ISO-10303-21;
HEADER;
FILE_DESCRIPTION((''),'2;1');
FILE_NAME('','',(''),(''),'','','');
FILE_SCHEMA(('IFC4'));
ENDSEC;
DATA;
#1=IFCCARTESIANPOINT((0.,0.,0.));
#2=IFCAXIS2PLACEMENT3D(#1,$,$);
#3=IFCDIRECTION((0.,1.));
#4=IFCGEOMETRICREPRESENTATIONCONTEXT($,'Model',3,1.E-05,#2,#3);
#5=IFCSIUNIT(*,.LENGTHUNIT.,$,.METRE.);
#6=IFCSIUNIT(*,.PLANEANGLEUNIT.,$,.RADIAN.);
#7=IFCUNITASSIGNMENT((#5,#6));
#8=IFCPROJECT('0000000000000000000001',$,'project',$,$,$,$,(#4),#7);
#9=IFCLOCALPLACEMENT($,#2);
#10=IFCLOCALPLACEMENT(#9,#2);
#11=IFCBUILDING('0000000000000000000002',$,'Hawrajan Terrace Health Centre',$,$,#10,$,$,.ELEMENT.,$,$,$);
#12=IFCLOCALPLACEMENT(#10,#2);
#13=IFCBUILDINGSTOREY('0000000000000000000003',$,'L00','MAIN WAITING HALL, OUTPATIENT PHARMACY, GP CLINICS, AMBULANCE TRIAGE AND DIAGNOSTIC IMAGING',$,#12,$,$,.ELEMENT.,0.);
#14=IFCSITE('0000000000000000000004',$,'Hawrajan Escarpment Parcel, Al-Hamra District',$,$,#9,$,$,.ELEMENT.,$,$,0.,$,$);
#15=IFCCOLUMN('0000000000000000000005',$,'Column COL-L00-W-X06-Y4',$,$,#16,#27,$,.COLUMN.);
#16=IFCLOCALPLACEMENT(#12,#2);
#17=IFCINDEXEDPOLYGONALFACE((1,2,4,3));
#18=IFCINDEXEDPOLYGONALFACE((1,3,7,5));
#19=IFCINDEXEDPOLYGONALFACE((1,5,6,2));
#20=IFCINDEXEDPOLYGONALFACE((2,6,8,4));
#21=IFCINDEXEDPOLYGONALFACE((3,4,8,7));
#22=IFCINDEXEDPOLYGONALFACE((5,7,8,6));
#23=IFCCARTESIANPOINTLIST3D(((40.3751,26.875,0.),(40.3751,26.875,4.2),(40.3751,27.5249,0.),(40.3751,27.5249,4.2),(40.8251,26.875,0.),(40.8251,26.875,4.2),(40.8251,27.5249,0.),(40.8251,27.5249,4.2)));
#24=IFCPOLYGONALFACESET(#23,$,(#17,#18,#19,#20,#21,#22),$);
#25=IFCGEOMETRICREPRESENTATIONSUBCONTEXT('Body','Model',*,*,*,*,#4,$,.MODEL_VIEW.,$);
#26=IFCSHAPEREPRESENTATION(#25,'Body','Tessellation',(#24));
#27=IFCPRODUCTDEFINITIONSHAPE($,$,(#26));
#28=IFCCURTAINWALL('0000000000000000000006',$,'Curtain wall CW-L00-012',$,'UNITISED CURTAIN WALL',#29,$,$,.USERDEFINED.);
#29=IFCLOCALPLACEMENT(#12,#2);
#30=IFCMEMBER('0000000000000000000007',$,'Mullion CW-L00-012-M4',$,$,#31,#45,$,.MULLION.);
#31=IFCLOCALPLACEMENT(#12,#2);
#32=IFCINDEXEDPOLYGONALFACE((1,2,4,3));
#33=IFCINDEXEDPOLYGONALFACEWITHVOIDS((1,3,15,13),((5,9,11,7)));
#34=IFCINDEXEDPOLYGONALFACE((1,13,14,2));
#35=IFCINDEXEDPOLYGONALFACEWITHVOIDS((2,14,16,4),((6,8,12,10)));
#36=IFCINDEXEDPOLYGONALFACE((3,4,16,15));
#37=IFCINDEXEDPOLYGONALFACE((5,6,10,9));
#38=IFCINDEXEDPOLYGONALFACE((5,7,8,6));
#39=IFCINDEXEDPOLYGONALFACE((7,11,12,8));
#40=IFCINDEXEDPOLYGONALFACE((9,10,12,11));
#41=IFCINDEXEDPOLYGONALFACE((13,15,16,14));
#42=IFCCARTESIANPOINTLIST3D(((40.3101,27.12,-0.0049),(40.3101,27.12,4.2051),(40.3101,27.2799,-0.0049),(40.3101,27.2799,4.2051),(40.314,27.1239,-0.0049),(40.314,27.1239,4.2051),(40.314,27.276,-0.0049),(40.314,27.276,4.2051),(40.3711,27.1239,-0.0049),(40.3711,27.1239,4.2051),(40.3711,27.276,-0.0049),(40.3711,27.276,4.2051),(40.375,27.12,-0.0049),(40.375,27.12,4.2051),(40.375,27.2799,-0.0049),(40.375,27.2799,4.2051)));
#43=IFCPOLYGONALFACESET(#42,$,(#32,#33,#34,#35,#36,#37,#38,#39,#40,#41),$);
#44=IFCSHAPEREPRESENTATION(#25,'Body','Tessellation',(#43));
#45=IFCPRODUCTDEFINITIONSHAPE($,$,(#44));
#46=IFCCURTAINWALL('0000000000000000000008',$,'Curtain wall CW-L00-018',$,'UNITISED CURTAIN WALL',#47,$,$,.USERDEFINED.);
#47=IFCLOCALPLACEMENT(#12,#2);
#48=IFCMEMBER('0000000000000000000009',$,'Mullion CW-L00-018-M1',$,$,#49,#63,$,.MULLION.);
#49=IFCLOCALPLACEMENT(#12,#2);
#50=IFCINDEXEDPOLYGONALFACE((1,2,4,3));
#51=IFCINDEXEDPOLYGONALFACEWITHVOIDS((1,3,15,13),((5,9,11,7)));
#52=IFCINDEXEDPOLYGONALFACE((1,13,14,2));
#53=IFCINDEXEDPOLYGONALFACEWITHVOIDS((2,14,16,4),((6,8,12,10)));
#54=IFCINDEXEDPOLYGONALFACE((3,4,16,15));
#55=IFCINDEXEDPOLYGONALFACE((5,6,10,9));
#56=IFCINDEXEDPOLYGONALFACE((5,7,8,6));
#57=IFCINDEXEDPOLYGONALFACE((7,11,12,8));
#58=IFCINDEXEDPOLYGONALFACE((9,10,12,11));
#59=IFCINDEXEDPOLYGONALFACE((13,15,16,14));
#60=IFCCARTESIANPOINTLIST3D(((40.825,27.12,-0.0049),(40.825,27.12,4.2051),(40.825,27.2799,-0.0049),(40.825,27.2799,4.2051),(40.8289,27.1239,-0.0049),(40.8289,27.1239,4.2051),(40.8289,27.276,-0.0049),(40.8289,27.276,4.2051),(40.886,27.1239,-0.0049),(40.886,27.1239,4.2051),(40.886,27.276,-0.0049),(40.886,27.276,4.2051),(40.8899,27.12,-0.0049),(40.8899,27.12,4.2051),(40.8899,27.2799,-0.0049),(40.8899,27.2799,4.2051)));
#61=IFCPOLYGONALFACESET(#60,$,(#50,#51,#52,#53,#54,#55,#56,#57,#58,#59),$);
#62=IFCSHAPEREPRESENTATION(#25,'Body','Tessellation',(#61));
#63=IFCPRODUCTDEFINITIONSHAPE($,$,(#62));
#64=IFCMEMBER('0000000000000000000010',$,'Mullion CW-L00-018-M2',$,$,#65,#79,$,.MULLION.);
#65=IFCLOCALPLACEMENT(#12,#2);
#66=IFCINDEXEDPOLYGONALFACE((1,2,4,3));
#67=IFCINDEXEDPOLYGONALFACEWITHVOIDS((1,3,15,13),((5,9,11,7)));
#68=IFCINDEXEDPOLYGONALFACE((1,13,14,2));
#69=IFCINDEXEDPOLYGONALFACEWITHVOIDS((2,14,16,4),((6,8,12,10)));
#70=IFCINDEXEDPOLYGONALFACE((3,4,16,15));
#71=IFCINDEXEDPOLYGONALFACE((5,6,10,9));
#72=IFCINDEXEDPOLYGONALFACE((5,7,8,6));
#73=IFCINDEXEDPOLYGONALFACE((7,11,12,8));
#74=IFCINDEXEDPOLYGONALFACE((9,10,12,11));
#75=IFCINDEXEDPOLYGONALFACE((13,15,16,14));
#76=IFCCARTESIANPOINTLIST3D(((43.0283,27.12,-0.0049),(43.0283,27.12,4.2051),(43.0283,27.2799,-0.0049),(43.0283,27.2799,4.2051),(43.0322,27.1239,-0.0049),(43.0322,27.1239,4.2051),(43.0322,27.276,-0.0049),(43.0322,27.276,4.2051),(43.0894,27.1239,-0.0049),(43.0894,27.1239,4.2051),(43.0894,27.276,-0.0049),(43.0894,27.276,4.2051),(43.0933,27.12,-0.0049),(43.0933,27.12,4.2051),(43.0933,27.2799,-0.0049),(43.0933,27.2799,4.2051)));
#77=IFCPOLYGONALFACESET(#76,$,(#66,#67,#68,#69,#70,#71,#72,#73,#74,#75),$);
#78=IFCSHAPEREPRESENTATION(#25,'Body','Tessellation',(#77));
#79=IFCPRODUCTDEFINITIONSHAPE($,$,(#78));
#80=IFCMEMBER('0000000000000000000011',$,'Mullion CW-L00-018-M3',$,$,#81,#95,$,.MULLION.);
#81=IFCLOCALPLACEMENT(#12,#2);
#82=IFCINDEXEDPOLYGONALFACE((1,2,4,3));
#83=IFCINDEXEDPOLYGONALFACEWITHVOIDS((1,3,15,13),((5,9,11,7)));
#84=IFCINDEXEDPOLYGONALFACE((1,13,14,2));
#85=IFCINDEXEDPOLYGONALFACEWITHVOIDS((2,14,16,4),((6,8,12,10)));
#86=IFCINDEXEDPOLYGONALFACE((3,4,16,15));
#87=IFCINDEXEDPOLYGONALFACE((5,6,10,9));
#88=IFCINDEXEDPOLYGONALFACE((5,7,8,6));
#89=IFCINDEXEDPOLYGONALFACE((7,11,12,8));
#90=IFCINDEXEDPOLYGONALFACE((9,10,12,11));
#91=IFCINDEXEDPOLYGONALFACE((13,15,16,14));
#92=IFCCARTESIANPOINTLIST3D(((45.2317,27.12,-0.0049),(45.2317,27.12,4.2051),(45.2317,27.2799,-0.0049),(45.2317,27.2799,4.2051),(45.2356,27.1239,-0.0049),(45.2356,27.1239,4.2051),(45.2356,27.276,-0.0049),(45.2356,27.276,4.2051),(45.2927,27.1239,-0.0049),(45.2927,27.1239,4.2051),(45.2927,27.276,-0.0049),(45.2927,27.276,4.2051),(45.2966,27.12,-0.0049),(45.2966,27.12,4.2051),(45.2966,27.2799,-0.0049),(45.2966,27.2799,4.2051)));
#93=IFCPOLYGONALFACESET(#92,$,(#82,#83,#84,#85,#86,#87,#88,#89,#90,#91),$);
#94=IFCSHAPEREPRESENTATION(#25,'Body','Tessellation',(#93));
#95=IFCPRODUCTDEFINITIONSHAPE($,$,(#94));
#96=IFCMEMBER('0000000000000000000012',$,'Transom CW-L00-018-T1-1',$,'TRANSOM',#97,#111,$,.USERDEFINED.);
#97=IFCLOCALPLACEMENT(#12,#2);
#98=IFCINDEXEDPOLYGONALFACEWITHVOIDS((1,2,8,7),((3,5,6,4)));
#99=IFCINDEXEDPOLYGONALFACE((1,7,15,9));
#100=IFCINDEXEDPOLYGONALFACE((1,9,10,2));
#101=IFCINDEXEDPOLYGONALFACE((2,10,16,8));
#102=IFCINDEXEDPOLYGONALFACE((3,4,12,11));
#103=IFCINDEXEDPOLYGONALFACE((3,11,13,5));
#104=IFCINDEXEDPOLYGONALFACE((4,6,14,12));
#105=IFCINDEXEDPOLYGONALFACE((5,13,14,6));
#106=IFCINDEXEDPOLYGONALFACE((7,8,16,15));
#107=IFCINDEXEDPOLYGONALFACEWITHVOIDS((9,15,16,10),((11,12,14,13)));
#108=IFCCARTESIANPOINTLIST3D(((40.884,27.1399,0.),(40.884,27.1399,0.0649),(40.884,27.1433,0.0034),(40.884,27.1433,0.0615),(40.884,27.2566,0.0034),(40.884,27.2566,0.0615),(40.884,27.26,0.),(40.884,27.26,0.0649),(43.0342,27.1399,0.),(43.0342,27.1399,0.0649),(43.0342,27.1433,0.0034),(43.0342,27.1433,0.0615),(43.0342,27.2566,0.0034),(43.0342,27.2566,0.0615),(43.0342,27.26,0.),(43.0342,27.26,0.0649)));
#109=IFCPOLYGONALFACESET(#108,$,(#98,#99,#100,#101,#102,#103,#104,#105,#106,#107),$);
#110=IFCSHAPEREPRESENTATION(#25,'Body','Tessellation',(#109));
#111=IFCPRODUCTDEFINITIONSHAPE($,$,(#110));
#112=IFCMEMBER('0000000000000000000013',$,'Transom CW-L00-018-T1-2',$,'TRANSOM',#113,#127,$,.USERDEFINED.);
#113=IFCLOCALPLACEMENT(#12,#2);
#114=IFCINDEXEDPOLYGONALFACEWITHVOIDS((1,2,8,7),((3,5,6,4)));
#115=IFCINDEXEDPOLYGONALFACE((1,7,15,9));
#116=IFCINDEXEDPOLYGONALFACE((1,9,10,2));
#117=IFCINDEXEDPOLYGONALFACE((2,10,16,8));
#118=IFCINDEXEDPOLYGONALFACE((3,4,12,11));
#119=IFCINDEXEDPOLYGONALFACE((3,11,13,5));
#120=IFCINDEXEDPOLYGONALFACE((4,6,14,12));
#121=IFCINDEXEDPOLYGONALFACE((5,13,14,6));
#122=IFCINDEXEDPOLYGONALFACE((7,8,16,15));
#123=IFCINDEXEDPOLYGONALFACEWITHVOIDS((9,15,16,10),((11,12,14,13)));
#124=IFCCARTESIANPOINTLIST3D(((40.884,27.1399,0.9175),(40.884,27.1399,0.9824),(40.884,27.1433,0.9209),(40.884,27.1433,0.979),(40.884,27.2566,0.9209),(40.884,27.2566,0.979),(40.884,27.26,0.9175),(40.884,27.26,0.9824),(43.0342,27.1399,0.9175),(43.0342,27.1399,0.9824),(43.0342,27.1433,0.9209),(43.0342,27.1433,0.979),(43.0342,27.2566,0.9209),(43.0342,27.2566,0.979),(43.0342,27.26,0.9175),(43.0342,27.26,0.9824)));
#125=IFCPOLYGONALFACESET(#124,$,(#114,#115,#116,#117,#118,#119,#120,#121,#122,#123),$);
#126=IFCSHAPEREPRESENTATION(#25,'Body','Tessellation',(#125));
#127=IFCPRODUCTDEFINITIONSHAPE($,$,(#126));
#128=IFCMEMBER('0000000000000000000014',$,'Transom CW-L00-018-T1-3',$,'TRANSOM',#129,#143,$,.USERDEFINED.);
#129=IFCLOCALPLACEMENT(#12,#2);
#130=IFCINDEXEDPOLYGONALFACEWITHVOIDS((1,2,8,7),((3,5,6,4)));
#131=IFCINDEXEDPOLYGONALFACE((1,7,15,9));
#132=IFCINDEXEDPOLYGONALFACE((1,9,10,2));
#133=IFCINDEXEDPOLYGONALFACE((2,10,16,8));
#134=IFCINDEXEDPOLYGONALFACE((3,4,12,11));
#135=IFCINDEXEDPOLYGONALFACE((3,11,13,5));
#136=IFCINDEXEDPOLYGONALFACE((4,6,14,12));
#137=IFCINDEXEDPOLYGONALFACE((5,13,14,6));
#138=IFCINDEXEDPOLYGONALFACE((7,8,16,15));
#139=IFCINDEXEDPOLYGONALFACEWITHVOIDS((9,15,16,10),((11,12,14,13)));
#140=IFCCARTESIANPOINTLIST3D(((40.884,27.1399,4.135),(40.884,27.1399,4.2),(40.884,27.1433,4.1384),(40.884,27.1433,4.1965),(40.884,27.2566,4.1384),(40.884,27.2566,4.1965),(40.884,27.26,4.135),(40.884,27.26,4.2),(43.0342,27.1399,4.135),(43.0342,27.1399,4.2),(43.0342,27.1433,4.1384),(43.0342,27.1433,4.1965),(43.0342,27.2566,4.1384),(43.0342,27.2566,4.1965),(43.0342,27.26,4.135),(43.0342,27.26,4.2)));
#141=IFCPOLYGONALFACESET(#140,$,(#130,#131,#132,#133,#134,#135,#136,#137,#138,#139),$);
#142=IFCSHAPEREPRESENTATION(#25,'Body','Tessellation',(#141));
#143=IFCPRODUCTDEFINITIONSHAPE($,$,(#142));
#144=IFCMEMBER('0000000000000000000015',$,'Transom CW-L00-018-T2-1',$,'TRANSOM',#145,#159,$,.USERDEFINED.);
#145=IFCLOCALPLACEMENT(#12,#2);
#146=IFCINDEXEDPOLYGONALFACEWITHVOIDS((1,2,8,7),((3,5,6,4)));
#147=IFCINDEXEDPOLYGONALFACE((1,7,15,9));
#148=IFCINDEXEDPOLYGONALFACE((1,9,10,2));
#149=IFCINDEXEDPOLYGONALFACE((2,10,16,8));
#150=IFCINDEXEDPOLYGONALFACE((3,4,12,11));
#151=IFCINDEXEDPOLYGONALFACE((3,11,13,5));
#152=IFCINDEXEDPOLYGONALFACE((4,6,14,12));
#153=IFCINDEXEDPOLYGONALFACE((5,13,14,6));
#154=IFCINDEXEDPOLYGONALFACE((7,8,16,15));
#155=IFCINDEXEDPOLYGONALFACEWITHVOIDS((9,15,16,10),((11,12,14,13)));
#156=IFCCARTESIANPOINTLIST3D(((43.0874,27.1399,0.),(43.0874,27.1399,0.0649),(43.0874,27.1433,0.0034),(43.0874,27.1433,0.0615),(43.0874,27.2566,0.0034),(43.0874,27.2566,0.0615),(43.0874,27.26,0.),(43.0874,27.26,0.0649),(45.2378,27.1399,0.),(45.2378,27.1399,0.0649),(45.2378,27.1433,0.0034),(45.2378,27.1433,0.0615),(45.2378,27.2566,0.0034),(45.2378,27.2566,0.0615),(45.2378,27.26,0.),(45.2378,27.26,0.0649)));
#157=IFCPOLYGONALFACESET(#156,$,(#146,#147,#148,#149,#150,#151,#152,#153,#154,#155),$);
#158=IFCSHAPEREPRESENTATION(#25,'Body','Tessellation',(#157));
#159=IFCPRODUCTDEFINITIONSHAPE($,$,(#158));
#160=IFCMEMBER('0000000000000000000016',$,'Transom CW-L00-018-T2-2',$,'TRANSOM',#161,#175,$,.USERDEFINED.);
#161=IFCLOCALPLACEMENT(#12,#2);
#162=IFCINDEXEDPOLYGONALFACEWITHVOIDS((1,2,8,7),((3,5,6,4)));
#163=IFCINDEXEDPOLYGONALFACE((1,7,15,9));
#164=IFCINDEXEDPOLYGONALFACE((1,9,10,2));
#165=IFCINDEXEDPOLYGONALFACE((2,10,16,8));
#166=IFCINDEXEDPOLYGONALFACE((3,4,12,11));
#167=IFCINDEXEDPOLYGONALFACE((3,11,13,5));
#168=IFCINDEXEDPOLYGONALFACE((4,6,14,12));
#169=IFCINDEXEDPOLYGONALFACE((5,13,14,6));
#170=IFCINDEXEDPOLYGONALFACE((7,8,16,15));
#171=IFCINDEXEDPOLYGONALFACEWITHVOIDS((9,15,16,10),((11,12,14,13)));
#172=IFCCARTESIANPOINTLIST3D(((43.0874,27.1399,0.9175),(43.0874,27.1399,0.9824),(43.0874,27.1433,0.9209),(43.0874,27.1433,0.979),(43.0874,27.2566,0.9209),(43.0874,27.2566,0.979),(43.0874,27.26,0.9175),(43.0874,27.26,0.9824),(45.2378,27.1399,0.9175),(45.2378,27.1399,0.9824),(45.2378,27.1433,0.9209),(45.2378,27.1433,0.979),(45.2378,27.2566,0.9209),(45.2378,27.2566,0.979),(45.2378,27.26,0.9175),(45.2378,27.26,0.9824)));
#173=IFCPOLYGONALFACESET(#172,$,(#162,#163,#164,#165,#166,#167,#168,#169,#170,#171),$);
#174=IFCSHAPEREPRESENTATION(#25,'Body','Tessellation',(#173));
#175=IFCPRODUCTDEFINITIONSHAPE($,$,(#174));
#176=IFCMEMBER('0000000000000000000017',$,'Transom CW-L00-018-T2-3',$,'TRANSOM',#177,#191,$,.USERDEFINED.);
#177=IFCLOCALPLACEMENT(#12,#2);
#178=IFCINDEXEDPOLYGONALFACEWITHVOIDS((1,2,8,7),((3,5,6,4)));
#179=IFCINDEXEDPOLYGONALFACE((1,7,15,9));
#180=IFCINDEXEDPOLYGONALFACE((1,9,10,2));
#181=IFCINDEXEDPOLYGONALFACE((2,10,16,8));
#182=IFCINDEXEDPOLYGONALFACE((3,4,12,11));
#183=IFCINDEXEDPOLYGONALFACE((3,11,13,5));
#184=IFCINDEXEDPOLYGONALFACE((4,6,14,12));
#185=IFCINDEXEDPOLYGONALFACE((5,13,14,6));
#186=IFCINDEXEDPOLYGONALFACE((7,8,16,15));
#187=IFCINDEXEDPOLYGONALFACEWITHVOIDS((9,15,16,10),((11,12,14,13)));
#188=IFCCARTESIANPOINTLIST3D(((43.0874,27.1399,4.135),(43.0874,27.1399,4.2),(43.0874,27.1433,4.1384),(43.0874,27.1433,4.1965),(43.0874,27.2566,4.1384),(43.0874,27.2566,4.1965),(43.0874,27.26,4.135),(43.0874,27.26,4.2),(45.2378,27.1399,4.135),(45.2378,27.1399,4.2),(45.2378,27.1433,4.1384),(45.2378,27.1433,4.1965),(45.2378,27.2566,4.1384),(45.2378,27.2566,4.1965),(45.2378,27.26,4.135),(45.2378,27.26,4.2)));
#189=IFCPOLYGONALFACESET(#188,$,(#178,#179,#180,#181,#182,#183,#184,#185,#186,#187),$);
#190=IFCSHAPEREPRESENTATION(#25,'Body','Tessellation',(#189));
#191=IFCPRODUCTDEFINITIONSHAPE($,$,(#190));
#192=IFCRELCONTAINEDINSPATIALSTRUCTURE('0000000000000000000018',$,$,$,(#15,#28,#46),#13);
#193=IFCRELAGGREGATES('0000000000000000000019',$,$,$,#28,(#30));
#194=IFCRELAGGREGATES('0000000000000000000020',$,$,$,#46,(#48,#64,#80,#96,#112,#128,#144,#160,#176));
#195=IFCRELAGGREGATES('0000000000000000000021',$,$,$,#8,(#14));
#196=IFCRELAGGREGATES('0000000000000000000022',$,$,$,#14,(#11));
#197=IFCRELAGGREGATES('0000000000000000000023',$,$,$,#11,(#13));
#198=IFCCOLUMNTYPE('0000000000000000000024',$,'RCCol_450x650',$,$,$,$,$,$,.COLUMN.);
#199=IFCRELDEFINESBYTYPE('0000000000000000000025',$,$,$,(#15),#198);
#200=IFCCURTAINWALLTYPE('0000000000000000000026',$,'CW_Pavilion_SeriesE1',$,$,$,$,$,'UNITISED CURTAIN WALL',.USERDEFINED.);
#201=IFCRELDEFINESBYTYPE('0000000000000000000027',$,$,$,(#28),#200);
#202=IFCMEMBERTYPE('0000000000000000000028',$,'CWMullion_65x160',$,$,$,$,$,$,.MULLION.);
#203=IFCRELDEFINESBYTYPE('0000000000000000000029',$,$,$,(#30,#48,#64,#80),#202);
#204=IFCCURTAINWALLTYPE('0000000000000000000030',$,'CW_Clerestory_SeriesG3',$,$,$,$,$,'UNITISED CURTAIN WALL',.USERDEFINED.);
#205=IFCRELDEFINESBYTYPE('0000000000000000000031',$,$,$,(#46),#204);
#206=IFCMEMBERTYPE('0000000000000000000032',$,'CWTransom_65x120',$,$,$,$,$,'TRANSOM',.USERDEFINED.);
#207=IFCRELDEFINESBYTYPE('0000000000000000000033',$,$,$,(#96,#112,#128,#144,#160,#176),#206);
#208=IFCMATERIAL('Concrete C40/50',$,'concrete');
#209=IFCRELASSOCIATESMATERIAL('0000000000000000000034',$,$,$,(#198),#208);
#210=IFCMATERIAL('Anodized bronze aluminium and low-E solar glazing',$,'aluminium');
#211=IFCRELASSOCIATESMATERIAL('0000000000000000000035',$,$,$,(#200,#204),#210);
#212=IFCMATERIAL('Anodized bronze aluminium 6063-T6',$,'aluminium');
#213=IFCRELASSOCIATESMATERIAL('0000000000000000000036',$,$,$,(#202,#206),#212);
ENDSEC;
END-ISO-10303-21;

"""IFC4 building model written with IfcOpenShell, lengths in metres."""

from ifc_helpers import new_model, si_unit, direction, frame, origin, origin_2d, place, context, subcontext, project, spatial, rectangle, hollow_rectangle, extrude, material, material_profile, profile_set, type_object, element, aggregate, save


model = new_model("IFC4")

# Units and contexts
model_context = context("Model", 3, precision=1e-05, world=origin(), true_north=direction((0.0, 1.0)))
body_context = subcontext(model_context, "Body", "Model", "MODEL_VIEW")
ifc_project = project(units=[si_unit("LENGTHUNIT", "METRE"), si_unit("PLANEANGLEUNIT", "RADIAN")], contexts=[model_context])

# Site, building, storey
site_placement = place(None, origin())
site = spatial("IfcSite", under=ifc_project, at=site_placement, Name="Hawrajan Escarpment Parcel, Al-Hamra District", CompositionType="ELEMENT", RefElevation=0.0)
building_placement = place(site_placement, origin())
building = spatial("IfcBuilding", under=site, at=building_placement, Name="Hawrajan Terrace Health Centre", CompositionType="ELEMENT")
storey_placement = place(building_placement, origin())
storey = spatial("IfcBuildingStorey", under=building, at=storey_placement, Name="L00", Description="MAIN WAITING HALL, OUTPATIENT PHARMACY, GP CLINICS, AMBULANCE TRIAGE AND DIAGNOSTIC IMAGING", CompositionType="ELEMENT", Elevation=0.0)

# Column
ifc_material_1 = material(Name="Concrete C40/50", Category="concrete")
ifc_material_profile_1 = material_profile(ifc_material_1, rectangle(XDim=0.45, YDim=0.6499, at=origin_2d()), Name="RC 450x650")
ifc_profile_set_1 = profile_set([ifc_material_profile_1], Name="Concrete C40/50")
column_type = type_object("IfcColumnType", Name="RCCol_450x650", PredefinedType="COLUMN", material=ifc_profile_set_1)
column_placement = place(storey_placement, frame((40.6001, 27.2, 0.0), z_axis=(0.0, 0.0, 1.0), x_axis=(1.0, 0.0, 0.0)))
element("IfcColumn", 1, at=column_placement, inside=storey, type_object=column_type, Name="Column COL-L00-W-X06-Y4", PredefinedType="COLUMN", context=body_context, shape_type="SweptSolid", body=[
    extrude(rectangle(XDim=0.45, YDim=0.6499, at=origin_2d()), origin(), (0.0, 0.0, 1.0), 4.2),
])

# Curtain wall, member
ifc_material_2 = material(Name="Anodized bronze aluminium and low-E solar glazing", Category="aluminium")
curtain_wall_type_1 = type_object("IfcCurtainWallType", Name="CW_Pavilion_SeriesE1", ElementType="UNITISED CURTAIN WALL", PredefinedType="USERDEFINED", material=ifc_material_2)
curtain_wall_1_placement = place(storey_placement, origin())
curtain_wall_1 = element("IfcCurtainWall", 2, at=curtain_wall_1_placement, inside=storey, type_object=curtain_wall_type_1, Name="Curtain wall CW-L00-012", ObjectType="UNITISED CURTAIN WALL", PredefinedType="USERDEFINED")
ifc_material_3 = material(Name="Anodized bronze aluminium 6063-T6", Category="aluminium")
ifc_material_profile_2 = material_profile(ifc_material_3, hollow_rectangle(XDim=0.0649, YDim=0.1599, WallThickness=0.0039, at=origin_2d()), Name="CW MUL 65x160")
ifc_profile_set_2 = profile_set([ifc_material_profile_2], Name="Anodized bronze aluminium 6063-T6")
member_type_1 = type_object("IfcMemberType", Name="CWMullion_65x160", PredefinedType="MULLION", material=ifc_profile_set_2)
member_1_placement = place(storey_placement, frame((40.3425, 27.2, -0.0049), z_axis=(0.0, 0.0, 1.0), x_axis=(1.0, 0.0, 0.0)))
member_1 = element("IfcMember", 3, at=member_1_placement, type_object=member_type_1, Name="Mullion CW-L00-012-M4", PredefinedType="MULLION", context=body_context, shape_type="SweptSolid", body=[
    extrude(hollow_rectangle(XDim=0.0649, YDim=0.1599, WallThickness=0.0039, at=origin_2d()), origin(), (0.0, 0.0, 1.0), 4.21),
])

# Curtain wall, members
curtain_wall_type_2 = type_object("IfcCurtainWallType", Name="CW_Clerestory_SeriesG3", ElementType="UNITISED CURTAIN WALL", PredefinedType="USERDEFINED", material=ifc_material_2)
curtain_wall_2_placement = place(storey_placement, origin())
curtain_wall_2 = element("IfcCurtainWall", 4, at=curtain_wall_2_placement, inside=storey, type_object=curtain_wall_type_2, Name="Curtain wall CW-L00-018", ObjectType="UNITISED CURTAIN WALL", PredefinedType="USERDEFINED")
member_2_placement = place(storey_placement, frame((40.8574, 27.2, -0.0049), z_axis=(0.0, 0.0, 1.0), x_axis=(1.0, 0.0, 0.0)))
member_2 = element("IfcMember", 5, at=member_2_placement, type_object=member_type_1, Name="Mullion CW-L00-018-M1", PredefinedType="MULLION", context=body_context, shape_type="SweptSolid", body=[
    extrude(hollow_rectangle(XDim=0.0649, YDim=0.1599, WallThickness=0.0039, at=origin_2d()), origin(), (0.0, 0.0, 1.0), 4.21),
])
member_3_placement = place(storey_placement, frame((43.0608, 27.2, -0.0049), z_axis=(0.0, 0.0, 1.0), x_axis=(1.0, 0.0, 0.0)))
member_3 = element("IfcMember", 6, at=member_3_placement, type_object=member_type_1, Name="Mullion CW-L00-018-M2", PredefinedType="MULLION", context=body_context, shape_type="SweptSolid", body=[
    extrude(hollow_rectangle(XDim=0.0649, YDim=0.1599, WallThickness=0.0039, at=origin_2d()), origin(), (0.0, 0.0, 1.0), 4.21),
])
member_4_placement = place(storey_placement, frame((45.2642, 27.2, -0.0049), z_axis=(0.0, 0.0, 1.0), x_axis=(1.0, 0.0, 0.0)))
member_4 = element("IfcMember", 7, at=member_4_placement, type_object=member_type_1, Name="Mullion CW-L00-018-M3", PredefinedType="MULLION", context=body_context, shape_type="SweptSolid", body=[
    extrude(hollow_rectangle(XDim=0.0649, YDim=0.1599, WallThickness=0.0039, at=origin_2d()), origin(), (0.0, 0.0, 1.0), 4.21),
])
ifc_material_profile_3 = material_profile(ifc_material_3, hollow_rectangle(XDim=0.0649, YDim=0.1201, WallThickness=0.0034, at=origin_2d()), Name="CW TRN 65x120")
ifc_profile_set_3 = profile_set([ifc_material_profile_3], Name="Anodized bronze aluminium 6063-T6")
member_type_2 = type_object("IfcMemberType", Name="CWTransom_65x120", ElementType="TRANSOM", PredefinedType="USERDEFINED", material=ifc_profile_set_3)
member_5_placement = place(storey_placement, frame((40.884, 27.2, 0.0325), z_axis=(1.0, 0.0, 0.0), x_axis=(0.0, 0.0, 1.0)))
member_5 = element("IfcMember", 8, at=member_5_placement, type_object=member_type_2, Name="Transom CW-L00-018-T1-1", ObjectType="TRANSOM", PredefinedType="USERDEFINED", context=body_context, shape_type="SweptSolid", body=[
    extrude(hollow_rectangle(XDim=0.0649, YDim=0.1201, WallThickness=0.0034, at=origin_2d()), origin(), (0.0, 0.0, 1.0), 2.1501),
])
member_6_placement = place(storey_placement, frame((40.884, 27.2, 0.95), z_axis=(1.0, 0.0, 0.0), x_axis=(0.0, 0.0, 1.0)))
member_6 = element("IfcMember", 9, at=member_6_placement, type_object=member_type_2, Name="Transom CW-L00-018-T1-2", ObjectType="TRANSOM", PredefinedType="USERDEFINED", context=body_context, shape_type="SweptSolid", body=[
    extrude(hollow_rectangle(XDim=0.0649, YDim=0.1201, WallThickness=0.0034, at=origin_2d()), origin(), (0.0, 0.0, 1.0), 2.1501),
])
member_7_placement = place(storey_placement, frame((40.884, 27.2, 4.1675), z_axis=(1.0, 0.0, 0.0), x_axis=(0.0, 0.0, 1.0)))
member_7 = element("IfcMember", 10, at=member_7_placement, type_object=member_type_2, Name="Transom CW-L00-018-T1-3", ObjectType="TRANSOM", PredefinedType="USERDEFINED", context=body_context, shape_type="SweptSolid", body=[
    extrude(hollow_rectangle(XDim=0.0649, YDim=0.1201, WallThickness=0.0034, at=origin_2d()), origin(), (0.0, 0.0, 1.0), 2.1501),
])
member_8_placement = place(storey_placement, frame((43.0874, 27.2, 0.0325), z_axis=(1.0, 0.0, 0.0), x_axis=(0.0, 0.0, 1.0)))
member_8 = element("IfcMember", 11, at=member_8_placement, type_object=member_type_2, Name="Transom CW-L00-018-T2-1", ObjectType="TRANSOM", PredefinedType="USERDEFINED", context=body_context, shape_type="SweptSolid", body=[
    extrude(hollow_rectangle(XDim=0.0649, YDim=0.1201, WallThickness=0.0034, at=origin_2d()), origin(), (0.0, 0.0, 1.0), 2.1504),
])
member_9_placement = place(storey_placement, frame((43.0874, 27.2, 0.95), z_axis=(1.0, 0.0, 0.0), x_axis=(0.0, 0.0, 1.0)))
member_9 = element("IfcMember", 12, at=member_9_placement, type_object=member_type_2, Name="Transom CW-L00-018-T2-2", ObjectType="TRANSOM", PredefinedType="USERDEFINED", context=body_context, shape_type="SweptSolid", body=[
    extrude(hollow_rectangle(XDim=0.0649, YDim=0.1201, WallThickness=0.0034, at=origin_2d()), origin(), (0.0, 0.0, 1.0), 2.1504),
])
member_10_placement = place(storey_placement, frame((43.0874, 27.2, 4.1675), z_axis=(1.0, 0.0, 0.0), x_axis=(0.0, 0.0, 1.0)))
member_10 = element("IfcMember", 13, at=member_10_placement, type_object=member_type_2, Name="Transom CW-L00-018-T2-3", ObjectType="TRANSOM", PredefinedType="USERDEFINED", context=body_context, shape_type="SweptSolid", body=[
    extrude(hollow_rectangle(XDim=0.0649, YDim=0.1201, WallThickness=0.0034, at=origin_2d()), origin(), (0.0, 0.0, 1.0), 2.1504),
])

aggregate(curtain_wall_1, [member_1])
aggregate(curtain_wall_2, [member_2, member_3, member_4, member_5, member_6, member_7, member_8, member_9, member_10])

save(model, "model.ifc")
